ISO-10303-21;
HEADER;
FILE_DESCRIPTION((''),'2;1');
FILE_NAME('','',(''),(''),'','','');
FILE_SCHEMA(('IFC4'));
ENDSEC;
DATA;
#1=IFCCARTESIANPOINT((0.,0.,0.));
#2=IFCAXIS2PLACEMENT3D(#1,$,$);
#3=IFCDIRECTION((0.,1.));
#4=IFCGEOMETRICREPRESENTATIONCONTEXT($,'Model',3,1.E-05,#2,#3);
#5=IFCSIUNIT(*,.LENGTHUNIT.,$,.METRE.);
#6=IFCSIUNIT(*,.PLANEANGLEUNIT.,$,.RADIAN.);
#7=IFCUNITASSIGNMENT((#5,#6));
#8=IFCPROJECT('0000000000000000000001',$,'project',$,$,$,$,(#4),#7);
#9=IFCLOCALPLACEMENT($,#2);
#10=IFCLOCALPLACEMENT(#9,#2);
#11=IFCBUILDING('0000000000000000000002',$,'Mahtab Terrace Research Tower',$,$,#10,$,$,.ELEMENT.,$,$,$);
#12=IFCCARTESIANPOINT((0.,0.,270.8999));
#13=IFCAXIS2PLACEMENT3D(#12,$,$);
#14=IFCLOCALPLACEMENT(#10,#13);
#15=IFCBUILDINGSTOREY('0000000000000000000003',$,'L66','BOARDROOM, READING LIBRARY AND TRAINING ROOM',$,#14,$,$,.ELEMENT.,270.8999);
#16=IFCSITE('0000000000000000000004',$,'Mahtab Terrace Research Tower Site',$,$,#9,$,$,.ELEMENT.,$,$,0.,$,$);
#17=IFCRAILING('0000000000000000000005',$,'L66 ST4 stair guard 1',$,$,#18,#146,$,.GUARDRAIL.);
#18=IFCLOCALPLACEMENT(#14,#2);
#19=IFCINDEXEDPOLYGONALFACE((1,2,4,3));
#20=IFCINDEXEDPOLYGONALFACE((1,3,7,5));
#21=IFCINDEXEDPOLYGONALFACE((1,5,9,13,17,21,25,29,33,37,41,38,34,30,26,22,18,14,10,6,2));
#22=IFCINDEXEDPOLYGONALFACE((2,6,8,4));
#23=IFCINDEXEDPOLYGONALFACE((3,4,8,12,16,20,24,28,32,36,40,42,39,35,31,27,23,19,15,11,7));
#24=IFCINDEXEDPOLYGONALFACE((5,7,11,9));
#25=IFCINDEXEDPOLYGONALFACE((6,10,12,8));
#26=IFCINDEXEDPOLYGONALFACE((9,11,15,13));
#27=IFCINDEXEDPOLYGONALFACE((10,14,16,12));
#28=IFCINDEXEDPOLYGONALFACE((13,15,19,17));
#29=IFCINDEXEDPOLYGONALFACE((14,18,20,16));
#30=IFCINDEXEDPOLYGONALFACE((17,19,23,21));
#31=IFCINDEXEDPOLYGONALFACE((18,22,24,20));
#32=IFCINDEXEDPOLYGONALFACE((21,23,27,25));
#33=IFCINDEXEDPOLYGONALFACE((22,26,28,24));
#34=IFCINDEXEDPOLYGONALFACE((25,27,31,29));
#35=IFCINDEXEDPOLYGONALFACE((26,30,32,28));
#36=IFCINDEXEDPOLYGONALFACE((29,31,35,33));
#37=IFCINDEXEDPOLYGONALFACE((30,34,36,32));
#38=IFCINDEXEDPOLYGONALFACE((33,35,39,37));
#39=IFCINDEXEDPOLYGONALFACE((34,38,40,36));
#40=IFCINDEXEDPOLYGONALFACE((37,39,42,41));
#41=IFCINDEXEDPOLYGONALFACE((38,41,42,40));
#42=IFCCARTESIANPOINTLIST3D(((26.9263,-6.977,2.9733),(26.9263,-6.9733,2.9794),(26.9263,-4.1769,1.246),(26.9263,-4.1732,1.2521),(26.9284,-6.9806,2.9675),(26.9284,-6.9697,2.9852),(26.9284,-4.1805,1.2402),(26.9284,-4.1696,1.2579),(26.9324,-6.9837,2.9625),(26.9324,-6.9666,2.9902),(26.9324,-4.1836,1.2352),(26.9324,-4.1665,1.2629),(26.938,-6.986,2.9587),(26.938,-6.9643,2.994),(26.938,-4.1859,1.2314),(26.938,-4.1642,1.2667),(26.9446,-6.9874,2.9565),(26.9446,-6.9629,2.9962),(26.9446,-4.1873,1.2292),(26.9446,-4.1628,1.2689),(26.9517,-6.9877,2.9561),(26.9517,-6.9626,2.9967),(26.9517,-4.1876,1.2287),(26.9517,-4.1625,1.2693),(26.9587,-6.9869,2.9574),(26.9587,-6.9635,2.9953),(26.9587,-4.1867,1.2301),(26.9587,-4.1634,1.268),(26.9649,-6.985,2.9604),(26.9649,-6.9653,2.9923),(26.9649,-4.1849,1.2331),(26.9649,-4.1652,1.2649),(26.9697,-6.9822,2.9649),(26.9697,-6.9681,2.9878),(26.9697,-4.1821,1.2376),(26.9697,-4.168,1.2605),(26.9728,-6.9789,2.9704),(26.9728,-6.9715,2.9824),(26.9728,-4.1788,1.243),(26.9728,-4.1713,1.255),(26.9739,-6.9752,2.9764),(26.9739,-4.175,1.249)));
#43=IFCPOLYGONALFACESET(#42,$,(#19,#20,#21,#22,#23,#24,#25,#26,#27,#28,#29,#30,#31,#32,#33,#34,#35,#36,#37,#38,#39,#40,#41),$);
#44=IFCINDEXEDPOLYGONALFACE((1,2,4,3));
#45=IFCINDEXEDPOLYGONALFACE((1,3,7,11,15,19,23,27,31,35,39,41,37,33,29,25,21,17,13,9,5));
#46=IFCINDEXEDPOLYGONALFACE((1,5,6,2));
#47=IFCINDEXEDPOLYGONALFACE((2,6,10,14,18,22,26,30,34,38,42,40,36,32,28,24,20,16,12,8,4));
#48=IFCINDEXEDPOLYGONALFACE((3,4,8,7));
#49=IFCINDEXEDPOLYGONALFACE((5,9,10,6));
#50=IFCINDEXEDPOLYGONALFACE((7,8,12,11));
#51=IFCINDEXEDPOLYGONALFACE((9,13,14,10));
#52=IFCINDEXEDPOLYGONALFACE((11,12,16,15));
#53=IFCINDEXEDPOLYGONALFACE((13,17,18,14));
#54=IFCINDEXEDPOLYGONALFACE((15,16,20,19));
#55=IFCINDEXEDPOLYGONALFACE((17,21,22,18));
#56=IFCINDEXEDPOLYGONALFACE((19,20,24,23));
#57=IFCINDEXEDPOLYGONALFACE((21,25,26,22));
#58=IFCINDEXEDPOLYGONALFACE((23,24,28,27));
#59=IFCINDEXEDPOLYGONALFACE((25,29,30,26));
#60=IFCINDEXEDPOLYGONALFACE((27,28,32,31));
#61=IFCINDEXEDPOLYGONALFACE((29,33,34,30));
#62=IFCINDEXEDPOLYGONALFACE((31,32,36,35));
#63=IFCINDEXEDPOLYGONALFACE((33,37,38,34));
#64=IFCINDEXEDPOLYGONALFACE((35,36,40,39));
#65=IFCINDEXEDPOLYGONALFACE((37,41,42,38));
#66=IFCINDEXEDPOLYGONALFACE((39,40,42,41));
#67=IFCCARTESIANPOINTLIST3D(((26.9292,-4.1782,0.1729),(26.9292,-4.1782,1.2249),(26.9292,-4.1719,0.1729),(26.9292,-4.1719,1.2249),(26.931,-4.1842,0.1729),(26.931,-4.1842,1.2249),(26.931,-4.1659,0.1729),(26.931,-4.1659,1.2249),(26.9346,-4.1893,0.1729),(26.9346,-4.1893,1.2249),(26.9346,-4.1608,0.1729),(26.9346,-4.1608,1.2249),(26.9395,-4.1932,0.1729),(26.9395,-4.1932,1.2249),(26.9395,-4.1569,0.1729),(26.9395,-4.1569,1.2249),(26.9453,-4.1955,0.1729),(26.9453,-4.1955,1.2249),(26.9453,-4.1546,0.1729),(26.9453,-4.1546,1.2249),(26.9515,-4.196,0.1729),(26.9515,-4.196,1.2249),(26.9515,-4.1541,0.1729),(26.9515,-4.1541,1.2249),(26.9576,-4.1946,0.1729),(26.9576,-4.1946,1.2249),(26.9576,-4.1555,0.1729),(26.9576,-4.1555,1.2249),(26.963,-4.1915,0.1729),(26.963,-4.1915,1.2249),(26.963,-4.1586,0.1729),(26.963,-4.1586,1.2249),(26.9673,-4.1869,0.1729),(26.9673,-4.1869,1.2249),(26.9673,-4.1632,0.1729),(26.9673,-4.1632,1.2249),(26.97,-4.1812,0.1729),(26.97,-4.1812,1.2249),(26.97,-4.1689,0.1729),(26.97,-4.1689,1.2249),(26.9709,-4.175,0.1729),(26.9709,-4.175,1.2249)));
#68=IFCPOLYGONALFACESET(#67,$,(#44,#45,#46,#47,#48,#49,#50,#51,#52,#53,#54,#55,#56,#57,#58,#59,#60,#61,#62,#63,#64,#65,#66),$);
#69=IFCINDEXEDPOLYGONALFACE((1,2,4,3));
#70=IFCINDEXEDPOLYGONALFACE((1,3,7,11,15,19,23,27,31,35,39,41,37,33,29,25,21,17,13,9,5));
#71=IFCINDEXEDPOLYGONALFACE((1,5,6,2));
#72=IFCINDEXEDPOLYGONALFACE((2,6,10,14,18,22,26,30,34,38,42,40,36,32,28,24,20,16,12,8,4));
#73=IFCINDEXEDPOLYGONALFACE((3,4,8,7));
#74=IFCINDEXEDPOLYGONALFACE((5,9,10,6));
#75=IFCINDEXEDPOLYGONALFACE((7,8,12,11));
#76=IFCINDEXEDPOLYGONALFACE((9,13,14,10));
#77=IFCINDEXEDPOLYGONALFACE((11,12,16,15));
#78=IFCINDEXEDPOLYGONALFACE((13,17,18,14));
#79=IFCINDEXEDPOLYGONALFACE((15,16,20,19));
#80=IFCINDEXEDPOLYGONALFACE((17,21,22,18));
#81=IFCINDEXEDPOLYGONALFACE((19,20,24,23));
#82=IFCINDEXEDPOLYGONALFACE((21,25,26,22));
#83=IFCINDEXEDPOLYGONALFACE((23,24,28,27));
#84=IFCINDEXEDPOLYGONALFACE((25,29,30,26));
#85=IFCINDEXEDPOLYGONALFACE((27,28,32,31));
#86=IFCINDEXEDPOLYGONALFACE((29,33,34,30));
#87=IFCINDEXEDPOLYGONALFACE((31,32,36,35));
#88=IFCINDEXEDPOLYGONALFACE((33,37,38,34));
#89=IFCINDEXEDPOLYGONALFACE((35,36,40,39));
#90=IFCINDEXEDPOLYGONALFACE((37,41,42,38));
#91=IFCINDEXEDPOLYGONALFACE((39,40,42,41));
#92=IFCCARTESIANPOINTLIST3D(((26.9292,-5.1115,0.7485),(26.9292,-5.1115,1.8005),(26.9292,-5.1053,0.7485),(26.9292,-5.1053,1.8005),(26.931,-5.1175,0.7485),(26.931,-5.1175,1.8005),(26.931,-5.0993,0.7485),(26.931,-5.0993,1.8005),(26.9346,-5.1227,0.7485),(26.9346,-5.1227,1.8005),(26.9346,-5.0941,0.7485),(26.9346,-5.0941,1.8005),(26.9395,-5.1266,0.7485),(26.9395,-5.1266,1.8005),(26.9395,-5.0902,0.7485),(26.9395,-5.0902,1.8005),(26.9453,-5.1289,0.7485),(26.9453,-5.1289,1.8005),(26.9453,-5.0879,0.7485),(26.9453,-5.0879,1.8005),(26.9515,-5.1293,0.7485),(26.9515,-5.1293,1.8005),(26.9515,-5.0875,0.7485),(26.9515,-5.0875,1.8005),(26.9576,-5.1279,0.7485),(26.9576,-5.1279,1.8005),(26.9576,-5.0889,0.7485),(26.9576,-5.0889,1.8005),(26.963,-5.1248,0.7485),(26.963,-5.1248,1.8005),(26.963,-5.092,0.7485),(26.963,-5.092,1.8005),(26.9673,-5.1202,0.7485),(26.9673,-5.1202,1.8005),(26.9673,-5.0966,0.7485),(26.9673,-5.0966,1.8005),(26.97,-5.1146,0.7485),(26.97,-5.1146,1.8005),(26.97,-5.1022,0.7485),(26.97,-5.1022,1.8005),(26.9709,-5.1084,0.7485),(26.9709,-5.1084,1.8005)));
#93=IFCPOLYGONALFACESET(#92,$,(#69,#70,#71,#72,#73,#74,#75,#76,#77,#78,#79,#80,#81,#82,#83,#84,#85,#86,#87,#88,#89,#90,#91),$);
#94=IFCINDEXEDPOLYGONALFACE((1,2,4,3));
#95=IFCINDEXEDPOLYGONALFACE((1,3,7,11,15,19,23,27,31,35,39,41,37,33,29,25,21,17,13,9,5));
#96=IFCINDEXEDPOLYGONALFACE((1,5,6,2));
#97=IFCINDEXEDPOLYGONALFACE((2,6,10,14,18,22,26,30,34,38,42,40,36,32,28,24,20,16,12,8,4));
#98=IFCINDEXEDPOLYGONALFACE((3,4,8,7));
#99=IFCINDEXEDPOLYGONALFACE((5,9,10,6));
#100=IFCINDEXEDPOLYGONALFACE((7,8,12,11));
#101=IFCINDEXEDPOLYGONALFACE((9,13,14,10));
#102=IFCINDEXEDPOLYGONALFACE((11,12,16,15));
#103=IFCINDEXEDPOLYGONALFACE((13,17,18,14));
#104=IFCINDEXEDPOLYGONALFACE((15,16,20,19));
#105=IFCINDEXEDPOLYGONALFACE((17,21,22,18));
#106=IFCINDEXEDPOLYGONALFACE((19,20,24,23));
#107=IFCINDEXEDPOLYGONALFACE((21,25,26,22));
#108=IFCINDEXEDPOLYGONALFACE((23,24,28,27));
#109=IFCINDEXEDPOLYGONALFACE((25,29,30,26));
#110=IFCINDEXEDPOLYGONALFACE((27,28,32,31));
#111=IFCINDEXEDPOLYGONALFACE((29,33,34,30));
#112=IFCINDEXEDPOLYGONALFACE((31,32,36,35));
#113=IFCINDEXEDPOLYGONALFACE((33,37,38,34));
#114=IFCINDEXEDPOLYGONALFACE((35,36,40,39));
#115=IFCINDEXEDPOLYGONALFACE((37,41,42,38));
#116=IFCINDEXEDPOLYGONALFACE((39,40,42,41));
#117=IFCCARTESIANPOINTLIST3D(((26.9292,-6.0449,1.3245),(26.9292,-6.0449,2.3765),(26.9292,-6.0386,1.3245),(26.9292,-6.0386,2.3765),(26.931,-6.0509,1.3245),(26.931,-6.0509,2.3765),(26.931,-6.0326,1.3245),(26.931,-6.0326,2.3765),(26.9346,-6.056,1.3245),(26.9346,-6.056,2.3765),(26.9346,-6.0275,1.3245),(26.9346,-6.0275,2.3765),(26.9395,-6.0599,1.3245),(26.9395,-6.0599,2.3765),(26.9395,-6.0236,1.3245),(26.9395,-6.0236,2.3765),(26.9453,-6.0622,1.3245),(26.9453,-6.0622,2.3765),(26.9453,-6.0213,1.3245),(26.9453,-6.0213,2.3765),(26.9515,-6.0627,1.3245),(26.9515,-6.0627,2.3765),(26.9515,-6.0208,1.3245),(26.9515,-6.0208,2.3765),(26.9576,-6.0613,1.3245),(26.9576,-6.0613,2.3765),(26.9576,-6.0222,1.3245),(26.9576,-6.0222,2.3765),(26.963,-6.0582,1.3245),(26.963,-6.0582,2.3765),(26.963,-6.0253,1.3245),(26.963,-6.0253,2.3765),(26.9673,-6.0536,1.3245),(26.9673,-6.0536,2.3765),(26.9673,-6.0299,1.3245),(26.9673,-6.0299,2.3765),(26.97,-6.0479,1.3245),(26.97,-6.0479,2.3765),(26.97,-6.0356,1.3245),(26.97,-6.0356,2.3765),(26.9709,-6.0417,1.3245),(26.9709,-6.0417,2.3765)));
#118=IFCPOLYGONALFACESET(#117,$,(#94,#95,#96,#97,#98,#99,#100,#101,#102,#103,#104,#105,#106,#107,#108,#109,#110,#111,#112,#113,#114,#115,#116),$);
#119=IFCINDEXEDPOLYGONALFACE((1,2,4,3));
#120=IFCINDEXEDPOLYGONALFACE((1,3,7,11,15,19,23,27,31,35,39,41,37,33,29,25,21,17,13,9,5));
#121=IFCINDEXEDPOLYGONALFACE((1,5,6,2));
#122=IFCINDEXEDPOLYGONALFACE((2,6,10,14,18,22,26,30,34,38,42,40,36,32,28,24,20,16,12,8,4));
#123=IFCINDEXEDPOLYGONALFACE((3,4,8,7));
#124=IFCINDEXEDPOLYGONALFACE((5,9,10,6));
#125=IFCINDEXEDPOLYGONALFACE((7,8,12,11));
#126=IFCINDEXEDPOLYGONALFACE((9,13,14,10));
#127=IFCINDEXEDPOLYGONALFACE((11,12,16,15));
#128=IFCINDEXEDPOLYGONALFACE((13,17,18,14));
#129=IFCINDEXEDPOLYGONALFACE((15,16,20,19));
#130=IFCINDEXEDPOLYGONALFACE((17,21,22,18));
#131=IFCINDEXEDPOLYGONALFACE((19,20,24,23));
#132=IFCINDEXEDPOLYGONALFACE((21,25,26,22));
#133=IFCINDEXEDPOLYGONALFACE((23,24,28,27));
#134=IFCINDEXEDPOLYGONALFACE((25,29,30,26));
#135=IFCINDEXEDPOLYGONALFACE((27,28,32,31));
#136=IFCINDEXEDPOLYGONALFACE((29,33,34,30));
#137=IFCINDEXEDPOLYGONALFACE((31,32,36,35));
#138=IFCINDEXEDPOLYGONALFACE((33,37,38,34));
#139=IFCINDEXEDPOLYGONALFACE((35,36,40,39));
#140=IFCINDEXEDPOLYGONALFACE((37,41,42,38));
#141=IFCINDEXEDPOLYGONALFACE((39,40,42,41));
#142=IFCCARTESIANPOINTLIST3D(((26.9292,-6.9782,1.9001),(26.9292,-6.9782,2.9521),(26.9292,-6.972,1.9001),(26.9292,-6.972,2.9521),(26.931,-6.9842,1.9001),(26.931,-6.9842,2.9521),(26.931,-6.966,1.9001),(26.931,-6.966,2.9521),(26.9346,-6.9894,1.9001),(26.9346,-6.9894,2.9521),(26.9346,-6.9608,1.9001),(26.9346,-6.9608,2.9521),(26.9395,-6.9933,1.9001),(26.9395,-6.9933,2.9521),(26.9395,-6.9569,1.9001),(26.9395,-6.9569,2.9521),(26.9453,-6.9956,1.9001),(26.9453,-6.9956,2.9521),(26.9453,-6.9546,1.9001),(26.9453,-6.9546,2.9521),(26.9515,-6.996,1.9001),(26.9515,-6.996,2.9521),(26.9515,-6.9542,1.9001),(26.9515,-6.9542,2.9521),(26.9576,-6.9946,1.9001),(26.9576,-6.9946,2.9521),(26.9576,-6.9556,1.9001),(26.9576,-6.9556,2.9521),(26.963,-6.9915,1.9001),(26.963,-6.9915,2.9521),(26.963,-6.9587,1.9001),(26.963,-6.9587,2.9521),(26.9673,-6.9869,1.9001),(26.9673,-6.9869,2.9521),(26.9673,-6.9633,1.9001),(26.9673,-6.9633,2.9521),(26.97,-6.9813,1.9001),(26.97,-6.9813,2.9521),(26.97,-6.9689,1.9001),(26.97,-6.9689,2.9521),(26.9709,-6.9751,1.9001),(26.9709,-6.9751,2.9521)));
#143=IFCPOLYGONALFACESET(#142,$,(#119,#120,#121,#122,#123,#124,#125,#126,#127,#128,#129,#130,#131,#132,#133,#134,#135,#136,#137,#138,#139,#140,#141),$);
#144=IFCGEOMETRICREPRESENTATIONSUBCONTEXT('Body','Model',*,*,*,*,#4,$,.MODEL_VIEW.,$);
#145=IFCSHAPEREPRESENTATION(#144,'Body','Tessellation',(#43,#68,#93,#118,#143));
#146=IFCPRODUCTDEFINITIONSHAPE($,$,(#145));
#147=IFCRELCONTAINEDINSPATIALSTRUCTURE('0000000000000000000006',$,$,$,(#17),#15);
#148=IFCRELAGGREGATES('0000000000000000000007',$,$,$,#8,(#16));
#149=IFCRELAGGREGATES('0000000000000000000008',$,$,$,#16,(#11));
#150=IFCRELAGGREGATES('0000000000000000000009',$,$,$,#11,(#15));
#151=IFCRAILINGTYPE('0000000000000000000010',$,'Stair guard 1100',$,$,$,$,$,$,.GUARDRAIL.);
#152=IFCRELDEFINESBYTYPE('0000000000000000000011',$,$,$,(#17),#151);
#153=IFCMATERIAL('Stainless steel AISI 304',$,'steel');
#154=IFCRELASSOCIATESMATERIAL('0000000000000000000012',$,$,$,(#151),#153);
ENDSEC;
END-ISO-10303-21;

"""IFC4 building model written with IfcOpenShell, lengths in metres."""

from ifc_helpers import new_model, si_unit, direction, frame, origin, origin_2d, place, context, subcontext, project, spatial, circle, extrude, material, type_object, element, save


model = new_model("IFC4")

# Units and contexts
model_context = context("Model", 3, precision=1e-05, world=origin(), true_north=direction((0.0, 1.0)))
body_context = subcontext(model_context, "Body", "Model", "MODEL_VIEW")
ifc_project = project(units=[si_unit("LENGTHUNIT", "METRE"), si_unit("PLANEANGLEUNIT", "RADIAN")], contexts=[model_context])

# Site, building, storey
site_placement = place(None, origin())
site = spatial("IfcSite", under=ifc_project, at=site_placement, Name="Mahtab Terrace Research Tower Site", CompositionType="ELEMENT", RefElevation=0.0)
building_placement = place(site_placement, origin())
building = spatial("IfcBuilding", under=site, at=building_placement, Name="Mahtab Terrace Research Tower", CompositionType="ELEMENT")
storey_placement = place(building_placement, frame((0.0, 0.0, 270.8999)))
storey = spatial("IfcBuildingStorey", under=building, at=storey_placement, Name="L66", Description="BOARDROOM, READING LIBRARY AND TRAINING ROOM", CompositionType="ELEMENT", Elevation=270.8999)

# Railing
ifc_material_1 = material(Name="Stainless steel AISI 304", Category="steel")
railing_type_1 = type_object("IfcRailingType", Name="Stair guard 1100", PredefinedType="GUARDRAIL", material=ifc_material_1)
railing_1_placement = place(storey_placement, frame((26.95, -4.175, 0.1729)))
element("IfcRailing", 1, at=railing_1_placement, inside=storey, type_object=railing_type_1, Name="L66 ST4 stair guard 1", PredefinedType="GUARDRAIL", context=body_context, shape_type="SweptSolid", body=[
    extrude(circle(Radius=0.0239, at=origin_2d()), frame((0.0, 0.0, 1.0762), z_axis=(0.0, -0.85109, 0.52502), x_axis=(1.0, 0.0, 0.0)), (0.0, 0.0, 1.0), 3.29),
    extrude(circle(Radius=0.021, at=origin_2d()), origin(), (0.0, 0.0, 1.0), 1.052),
    extrude(circle(Radius=0.021, at=origin_2d()), frame((0.0, -0.9333, 0.5757)), (0.0, 0.0, 1.0), 1.052),
    extrude(circle(Radius=0.021, at=origin_2d()), frame((0.0, -1.8667, 1.1516)), (0.0, 0.0, 1.0), 1.052),
    extrude(circle(Radius=0.021, at=origin_2d()), frame((0.0, -2.8, 1.7273)), (0.0, 0.0, 1.0), 1.052),
])

save(model, "model.ifc")
